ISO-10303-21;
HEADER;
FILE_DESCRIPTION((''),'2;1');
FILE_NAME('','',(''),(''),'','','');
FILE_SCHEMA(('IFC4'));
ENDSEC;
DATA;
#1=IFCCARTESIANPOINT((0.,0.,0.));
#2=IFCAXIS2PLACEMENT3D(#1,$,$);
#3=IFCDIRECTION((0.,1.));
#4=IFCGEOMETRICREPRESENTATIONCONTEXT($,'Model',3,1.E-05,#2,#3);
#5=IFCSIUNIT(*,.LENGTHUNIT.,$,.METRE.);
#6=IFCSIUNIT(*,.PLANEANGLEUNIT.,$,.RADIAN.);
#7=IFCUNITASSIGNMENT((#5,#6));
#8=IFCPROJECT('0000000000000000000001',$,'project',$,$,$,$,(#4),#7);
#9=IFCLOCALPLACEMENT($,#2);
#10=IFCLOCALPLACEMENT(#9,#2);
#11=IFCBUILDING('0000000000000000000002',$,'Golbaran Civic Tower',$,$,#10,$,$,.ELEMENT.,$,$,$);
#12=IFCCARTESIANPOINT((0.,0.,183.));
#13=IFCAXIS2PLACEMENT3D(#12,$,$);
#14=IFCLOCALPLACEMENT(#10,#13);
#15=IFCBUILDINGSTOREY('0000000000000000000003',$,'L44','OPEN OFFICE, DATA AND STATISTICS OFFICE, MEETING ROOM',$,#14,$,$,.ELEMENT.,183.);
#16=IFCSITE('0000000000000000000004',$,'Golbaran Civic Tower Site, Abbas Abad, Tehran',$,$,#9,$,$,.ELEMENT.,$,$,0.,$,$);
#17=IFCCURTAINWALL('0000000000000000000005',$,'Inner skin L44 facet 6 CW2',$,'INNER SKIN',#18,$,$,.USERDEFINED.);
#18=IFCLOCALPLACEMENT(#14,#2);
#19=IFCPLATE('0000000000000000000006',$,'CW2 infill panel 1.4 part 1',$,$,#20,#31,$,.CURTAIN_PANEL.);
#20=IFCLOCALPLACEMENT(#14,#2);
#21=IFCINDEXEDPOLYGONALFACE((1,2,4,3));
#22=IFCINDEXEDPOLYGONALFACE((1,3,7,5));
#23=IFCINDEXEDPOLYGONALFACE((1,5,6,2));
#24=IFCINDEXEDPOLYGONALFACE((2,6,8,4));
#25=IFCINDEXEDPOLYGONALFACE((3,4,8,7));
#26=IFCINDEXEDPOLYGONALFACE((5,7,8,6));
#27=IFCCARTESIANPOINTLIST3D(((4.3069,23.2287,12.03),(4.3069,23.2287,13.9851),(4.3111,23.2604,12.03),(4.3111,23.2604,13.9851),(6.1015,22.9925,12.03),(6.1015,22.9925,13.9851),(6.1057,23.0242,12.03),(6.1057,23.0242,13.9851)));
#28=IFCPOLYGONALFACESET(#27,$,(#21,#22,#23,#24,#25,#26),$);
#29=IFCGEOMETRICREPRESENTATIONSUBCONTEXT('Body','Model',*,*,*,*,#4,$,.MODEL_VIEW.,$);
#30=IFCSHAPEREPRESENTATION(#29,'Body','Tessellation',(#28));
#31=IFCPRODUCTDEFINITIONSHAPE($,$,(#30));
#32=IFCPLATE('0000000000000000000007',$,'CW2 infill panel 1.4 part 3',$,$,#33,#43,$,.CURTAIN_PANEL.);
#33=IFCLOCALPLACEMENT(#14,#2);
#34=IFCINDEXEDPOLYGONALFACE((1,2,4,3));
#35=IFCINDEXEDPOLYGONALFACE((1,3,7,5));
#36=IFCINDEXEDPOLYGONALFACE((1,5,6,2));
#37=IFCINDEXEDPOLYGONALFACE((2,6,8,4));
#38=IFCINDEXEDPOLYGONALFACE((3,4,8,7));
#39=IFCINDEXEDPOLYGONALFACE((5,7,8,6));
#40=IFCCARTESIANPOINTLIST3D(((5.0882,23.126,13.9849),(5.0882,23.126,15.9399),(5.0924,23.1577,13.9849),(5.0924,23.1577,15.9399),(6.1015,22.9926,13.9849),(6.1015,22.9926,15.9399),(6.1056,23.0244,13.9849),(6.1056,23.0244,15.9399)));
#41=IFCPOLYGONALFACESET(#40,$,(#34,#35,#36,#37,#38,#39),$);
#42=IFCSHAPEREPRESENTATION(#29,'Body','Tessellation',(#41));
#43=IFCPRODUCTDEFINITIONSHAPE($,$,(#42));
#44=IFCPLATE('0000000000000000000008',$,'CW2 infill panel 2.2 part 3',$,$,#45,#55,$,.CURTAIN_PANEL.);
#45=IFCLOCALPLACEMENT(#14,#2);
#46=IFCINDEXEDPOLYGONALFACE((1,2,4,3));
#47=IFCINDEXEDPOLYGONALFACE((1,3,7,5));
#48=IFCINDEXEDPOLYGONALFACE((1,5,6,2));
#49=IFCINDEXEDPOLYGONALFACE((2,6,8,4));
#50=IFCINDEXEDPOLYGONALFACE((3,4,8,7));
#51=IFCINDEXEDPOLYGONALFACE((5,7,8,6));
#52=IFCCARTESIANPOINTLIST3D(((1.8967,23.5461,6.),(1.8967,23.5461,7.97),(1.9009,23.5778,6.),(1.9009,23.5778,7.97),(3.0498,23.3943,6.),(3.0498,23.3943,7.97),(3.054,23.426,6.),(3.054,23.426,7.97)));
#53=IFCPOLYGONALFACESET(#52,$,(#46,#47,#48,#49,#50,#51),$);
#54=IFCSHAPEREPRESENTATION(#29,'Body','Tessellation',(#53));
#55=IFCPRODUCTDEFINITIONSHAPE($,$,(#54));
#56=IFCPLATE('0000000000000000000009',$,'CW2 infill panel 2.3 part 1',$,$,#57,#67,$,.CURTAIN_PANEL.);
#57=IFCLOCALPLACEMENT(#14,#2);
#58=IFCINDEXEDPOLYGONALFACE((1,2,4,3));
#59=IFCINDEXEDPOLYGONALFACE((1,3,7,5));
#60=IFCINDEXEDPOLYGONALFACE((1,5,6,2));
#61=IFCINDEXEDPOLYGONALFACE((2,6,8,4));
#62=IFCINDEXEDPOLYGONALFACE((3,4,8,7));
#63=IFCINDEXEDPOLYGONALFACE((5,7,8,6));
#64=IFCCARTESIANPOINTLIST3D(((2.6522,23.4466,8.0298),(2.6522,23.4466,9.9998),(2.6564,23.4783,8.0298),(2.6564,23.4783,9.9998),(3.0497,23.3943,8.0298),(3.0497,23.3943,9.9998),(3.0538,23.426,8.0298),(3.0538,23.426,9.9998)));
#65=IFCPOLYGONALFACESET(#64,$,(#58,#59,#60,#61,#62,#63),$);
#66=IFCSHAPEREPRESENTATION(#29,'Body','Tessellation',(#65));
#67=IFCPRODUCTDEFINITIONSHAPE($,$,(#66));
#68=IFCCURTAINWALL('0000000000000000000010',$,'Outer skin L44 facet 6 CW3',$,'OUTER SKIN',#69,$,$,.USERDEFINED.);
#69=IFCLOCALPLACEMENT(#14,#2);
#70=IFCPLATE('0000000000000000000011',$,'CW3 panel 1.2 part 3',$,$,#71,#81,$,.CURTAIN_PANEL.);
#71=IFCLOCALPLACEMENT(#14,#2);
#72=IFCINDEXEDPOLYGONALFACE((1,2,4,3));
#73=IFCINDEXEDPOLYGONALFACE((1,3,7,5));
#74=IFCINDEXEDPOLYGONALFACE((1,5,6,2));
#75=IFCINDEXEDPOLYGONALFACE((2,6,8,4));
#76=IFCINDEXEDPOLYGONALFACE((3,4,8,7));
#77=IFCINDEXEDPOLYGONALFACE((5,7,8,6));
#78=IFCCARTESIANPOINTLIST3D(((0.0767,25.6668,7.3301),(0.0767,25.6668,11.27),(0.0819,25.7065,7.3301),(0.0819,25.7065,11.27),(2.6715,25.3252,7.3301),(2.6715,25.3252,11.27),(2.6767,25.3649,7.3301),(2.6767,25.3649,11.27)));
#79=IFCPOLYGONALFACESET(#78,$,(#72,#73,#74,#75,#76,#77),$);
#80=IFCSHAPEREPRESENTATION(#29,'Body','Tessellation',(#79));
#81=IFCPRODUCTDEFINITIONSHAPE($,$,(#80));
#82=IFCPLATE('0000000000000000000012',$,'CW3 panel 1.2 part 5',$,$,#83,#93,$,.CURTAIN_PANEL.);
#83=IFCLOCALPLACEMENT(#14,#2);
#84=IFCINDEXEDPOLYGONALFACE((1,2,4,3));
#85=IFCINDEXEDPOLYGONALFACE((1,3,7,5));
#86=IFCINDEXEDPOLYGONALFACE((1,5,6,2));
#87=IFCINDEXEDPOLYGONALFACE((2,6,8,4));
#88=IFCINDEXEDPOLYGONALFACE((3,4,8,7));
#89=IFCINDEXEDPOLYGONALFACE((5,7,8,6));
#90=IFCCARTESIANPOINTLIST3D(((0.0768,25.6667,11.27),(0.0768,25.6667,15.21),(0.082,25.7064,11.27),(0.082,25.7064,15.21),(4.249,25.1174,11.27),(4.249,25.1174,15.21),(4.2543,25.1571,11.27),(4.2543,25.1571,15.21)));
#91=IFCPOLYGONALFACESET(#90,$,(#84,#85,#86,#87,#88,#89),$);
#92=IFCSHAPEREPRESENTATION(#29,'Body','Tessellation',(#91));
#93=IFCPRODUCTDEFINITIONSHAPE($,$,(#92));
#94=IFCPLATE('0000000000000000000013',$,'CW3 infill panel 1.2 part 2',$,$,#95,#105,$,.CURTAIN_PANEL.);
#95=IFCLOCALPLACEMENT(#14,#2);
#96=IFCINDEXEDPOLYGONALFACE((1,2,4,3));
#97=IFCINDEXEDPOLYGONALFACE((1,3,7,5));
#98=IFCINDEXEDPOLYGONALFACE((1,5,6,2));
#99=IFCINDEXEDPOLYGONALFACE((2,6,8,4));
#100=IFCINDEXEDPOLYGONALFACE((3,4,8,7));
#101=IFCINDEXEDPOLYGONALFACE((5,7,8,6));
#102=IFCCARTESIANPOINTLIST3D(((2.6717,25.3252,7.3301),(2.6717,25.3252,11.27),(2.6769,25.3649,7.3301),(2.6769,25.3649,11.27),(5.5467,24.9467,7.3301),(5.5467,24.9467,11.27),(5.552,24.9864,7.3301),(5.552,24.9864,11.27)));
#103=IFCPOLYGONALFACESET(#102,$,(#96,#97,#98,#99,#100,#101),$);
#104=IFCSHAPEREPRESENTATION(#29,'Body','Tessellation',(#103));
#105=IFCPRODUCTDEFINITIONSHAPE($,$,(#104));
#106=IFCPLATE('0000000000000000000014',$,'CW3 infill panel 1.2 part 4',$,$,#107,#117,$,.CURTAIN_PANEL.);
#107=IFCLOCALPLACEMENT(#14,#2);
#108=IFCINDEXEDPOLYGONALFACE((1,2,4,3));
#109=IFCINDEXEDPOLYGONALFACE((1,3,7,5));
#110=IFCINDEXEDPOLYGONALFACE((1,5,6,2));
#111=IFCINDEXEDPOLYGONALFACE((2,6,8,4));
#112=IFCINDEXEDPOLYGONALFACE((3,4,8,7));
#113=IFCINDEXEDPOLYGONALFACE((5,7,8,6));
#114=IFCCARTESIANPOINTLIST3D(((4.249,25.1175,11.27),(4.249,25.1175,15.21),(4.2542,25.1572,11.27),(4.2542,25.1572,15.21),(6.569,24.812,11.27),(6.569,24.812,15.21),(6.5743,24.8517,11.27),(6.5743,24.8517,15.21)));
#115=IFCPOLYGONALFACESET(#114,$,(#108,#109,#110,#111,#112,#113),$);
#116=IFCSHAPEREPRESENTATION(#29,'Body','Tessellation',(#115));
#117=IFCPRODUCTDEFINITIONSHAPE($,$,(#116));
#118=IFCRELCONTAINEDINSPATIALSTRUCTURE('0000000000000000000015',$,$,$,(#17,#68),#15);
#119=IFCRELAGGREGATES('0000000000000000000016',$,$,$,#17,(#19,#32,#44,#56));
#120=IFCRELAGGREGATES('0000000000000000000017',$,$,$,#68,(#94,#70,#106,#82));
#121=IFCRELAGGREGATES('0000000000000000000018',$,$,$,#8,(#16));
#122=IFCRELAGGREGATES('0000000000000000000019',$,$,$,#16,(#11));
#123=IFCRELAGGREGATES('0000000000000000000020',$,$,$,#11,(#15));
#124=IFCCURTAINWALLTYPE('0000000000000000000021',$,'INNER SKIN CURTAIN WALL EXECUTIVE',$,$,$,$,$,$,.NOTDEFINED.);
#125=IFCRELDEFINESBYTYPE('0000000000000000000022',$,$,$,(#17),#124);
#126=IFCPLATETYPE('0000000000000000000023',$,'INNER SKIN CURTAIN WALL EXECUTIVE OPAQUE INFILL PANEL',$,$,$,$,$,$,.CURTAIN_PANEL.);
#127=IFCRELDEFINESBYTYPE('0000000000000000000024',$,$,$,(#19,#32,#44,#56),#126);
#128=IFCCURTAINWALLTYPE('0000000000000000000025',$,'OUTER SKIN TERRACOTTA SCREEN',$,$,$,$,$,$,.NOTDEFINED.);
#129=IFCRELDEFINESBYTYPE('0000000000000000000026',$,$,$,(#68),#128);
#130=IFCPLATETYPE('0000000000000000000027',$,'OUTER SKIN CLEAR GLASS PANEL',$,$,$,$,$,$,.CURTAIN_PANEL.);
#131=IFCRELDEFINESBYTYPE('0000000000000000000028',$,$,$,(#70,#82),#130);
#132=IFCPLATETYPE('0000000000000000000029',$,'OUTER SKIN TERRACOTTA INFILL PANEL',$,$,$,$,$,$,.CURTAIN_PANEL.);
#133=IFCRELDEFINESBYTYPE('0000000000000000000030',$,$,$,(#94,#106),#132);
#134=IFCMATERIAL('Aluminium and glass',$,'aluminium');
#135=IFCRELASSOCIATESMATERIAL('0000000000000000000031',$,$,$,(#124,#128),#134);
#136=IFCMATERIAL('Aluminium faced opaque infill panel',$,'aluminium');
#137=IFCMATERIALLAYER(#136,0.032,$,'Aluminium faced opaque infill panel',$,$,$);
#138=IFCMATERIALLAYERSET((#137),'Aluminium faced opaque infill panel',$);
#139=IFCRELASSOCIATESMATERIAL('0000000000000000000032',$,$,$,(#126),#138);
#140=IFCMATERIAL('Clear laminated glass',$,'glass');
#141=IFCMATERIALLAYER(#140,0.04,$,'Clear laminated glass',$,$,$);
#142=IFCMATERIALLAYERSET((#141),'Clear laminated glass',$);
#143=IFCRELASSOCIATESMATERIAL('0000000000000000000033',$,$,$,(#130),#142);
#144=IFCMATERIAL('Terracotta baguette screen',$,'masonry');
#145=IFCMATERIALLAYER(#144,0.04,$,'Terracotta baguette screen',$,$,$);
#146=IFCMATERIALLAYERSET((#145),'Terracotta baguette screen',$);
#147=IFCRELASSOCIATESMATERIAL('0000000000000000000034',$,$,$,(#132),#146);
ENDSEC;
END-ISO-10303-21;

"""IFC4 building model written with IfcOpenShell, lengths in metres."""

from ifc_helpers import new_model, si_unit, direction, frame, origin, origin_2d, place, context, subcontext, project, spatial, rectangle, extrude, material, layer, layer_set, type_object, element, aggregate, save


model = new_model("IFC4")

# Units and contexts
model_context = context("Model", 3, precision=1e-05, world=origin(), true_north=direction((0.0, 1.0)))
body_context = subcontext(model_context, "Body", "Model", "MODEL_VIEW")
ifc_project = project(units=[si_unit("LENGTHUNIT", "METRE"), si_unit("PLANEANGLEUNIT", "RADIAN")], contexts=[model_context])

# Site, building, storey
site_placement = place(None, origin())
site = spatial("IfcSite", under=ifc_project, at=site_placement, Name="Golbaran Civic Tower Site, Abbas Abad, Tehran", CompositionType="ELEMENT", RefElevation=0.0)
building_placement = place(site_placement, origin())
building = spatial("IfcBuilding", under=site, at=building_placement, Name="Golbaran Civic Tower", CompositionType="ELEMENT")
storey_placement = place(building_placement, frame((0.0, 0.0, 183.0)))
storey = spatial("IfcBuildingStorey", under=building, at=storey_placement, Name="L44", Description="OPEN OFFICE, DATA AND STATISTICS OFFICE, MEETING ROOM", CompositionType="ELEMENT", Elevation=183.0)

# Curtain wall, plates
ifc_material_1 = material(Name="Aluminium and glass", Category="aluminium")
curtain_wall_type_1 = type_object("IfcCurtainWallType", Name="INNER SKIN CURTAIN WALL EXECUTIVE", PredefinedType="NOTDEFINED", material=ifc_material_1)
curtain_wall_1_placement = place(storey_placement, origin())
curtain_wall_1 = element("IfcCurtainWall", 1, at=curtain_wall_1_placement, inside=storey, type_object=curtain_wall_type_1, Name="Inner skin L44 facet 6 CW2", ObjectType="INNER SKIN", PredefinedType="USERDEFINED")
ifc_material_2 = material(Name="Aluminium faced opaque infill panel", Category="aluminium")
ifc_layer_1 = layer(ifc_material_2, 0.032, Name="Aluminium faced opaque infill panel")
ifc_layer_set_1 = layer_set([ifc_layer_1], Name="Aluminium faced opaque infill panel")
plate_type_1 = type_object("IfcPlateType", Name="INNER SKIN CURTAIN WALL EXECUTIVE OPAQUE INFILL PANEL", PredefinedType="CURTAIN_PANEL", material=ifc_layer_set_1)
plate_1_placement = place(storey_placement, frame((5.2063, 23.1265, 12.03), z_axis=(0.0, 0.0, 1.0), x_axis=(-0.991445, 0.130526, 0.0)))
plate_1 = element("IfcPlate", 2, at=plate_1_placement, type_object=plate_type_1, Name="CW2 infill panel 1.4 part 1", PredefinedType="CURTAIN_PANEL", context=body_context, shape_type="SweptSolid", body=[
    extrude(rectangle(XDim=1.8101, YDim=0.032, at=origin_2d()), origin(), (0.0, 0.0, 1.0), 1.9551),
])
plate_2_placement = place(storey_placement, frame((5.5969, 23.0752, 13.9849), z_axis=(0.0, 0.0, 1.0), x_axis=(-0.991445, 0.130526, 0.0)))
plate_2 = element("IfcPlate", 3, at=plate_2_placement, type_object=plate_type_1, Name="CW2 infill panel 1.4 part 3", PredefinedType="CURTAIN_PANEL", context=body_context, shape_type="SweptSolid", body=[
    extrude(rectangle(XDim=1.022, YDim=0.032, at=origin_2d()), origin(), (0.0, 0.0, 1.0), 1.9551),
])
plate_3_placement = place(storey_placement, frame((2.4753, 23.4861, 6.0), z_axis=(0.0, 0.0, 1.0), x_axis=(-0.991445, 0.130526, 0.0)))
plate_3 = element("IfcPlate", 4, at=plate_3_placement, type_object=plate_type_1, Name="CW2 infill panel 2.2 part 3", PredefinedType="CURTAIN_PANEL", context=body_context, shape_type="SweptSolid", body=[
    extrude(rectangle(XDim=1.1631, YDim=0.032, at=origin_2d()), origin(), (0.0, 0.0, 1.0), 1.97),
])
plate_4_placement = place(storey_placement, frame((2.853, 23.4363, 8.0298), z_axis=(0.0, 0.0, 1.0), x_axis=(-0.991445, 0.130526, 0.0)))
plate_4 = element("IfcPlate", 5, at=plate_4_placement, type_object=plate_type_1, Name="CW2 infill panel 2.3 part 1", PredefinedType="CURTAIN_PANEL", context=body_context, shape_type="SweptSolid", body=[
    extrude(rectangle(XDim=0.4009, YDim=0.032, at=origin_2d()), origin(), (0.0, 0.0, 1.0), 1.97),
])
aggregate(curtain_wall_1, [plate_1, plate_2, plate_3, plate_4])

# Curtain wall, plates
curtain_wall_type_2 = type_object("IfcCurtainWallType", Name="OUTER SKIN TERRACOTTA SCREEN", PredefinedType="NOTDEFINED", material=ifc_material_1)
curtain_wall_2_placement = place(storey_placement, origin())
curtain_wall_2 = element("IfcCurtainWall", 6, at=curtain_wall_2_placement, inside=storey, type_object=curtain_wall_type_2, Name="Outer skin L44 facet 6 CW3", ObjectType="OUTER SKIN", PredefinedType="USERDEFINED")
ifc_material_3 = material(Name="Clear laminated glass", Category="glass")
ifc_layer_2 = layer(ifc_material_3, 0.04, Name="Clear laminated glass")
ifc_layer_set_2 = layer_set([ifc_layer_2], Name="Clear laminated glass")
plate_type_2 = type_object("IfcPlateType", Name="OUTER SKIN CLEAR GLASS PANEL", PredefinedType="CURTAIN_PANEL", material=ifc_layer_set_2)
plate_5_placement = place(storey_placement, frame((1.3767, 25.5159, 7.3301), z_axis=(0.0, 0.0, 1.0), x_axis=(-0.991445, 0.130526, 0.0)))
plate_5 = element("IfcPlate", 7, at=plate_5_placement, type_object=plate_type_2, Name="CW3 panel 1.2 part 3", PredefinedType="CURTAIN_PANEL", context=body_context, shape_type="SweptSolid", body=[
    extrude(rectangle(XDim=2.6172, YDim=0.04, at=origin_2d()), origin(), (0.0, 0.0, 1.0), 3.9399),
])
plate_6_placement = place(storey_placement, frame((2.1655, 25.4119, 11.27), z_axis=(0.0, 0.0, 1.0), x_axis=(-0.991445, 0.130526, 0.0)))
plate_6 = element("IfcPlate", 8, at=plate_6_placement, type_object=plate_type_2, Name="CW3 panel 1.2 part 5", PredefinedType="CURTAIN_PANEL", context=body_context, shape_type="SweptSolid", body=[
    extrude(rectangle(XDim=4.2083, YDim=0.04, at=origin_2d()), origin(), (0.0, 0.0, 1.0), 3.9399),
])
ifc_material_4 = material(Name="Terracotta baguette screen", Category="masonry")
ifc_layer_3 = layer(ifc_material_4, 0.04, Name="Terracotta baguette screen")
ifc_layer_set_3 = layer_set([ifc_layer_3], Name="Terracotta baguette screen")
plate_type_3 = type_object("IfcPlateType", Name="OUTER SKIN TERRACOTTA INFILL PANEL", PredefinedType="CURTAIN_PANEL", material=ifc_layer_set_3)
plate_7_placement = place(storey_placement, frame((4.1118, 25.1558, 7.3301), z_axis=(0.0, 0.0, 1.0), x_axis=(-0.991445, 0.130526, 0.0)))
plate_7 = element("IfcPlate", 9, at=plate_7_placement, type_object=plate_type_3, Name="CW3 infill panel 1.2 part 2", PredefinedType="CURTAIN_PANEL", context=body_context, shape_type="SweptSolid", body=[
    extrude(rectangle(XDim=2.8999, YDim=0.04, at=origin_2d()), origin(), (0.0, 0.0, 1.0), 3.9399),
])
plate_8_placement = place(storey_placement, frame((5.4116, 24.9846, 11.27), z_axis=(0.0, 0.0, 1.0), x_axis=(-0.991445, 0.130526, 0.0)))
plate_8 = element("IfcPlate", 10, at=plate_8_placement, type_object=plate_type_3, Name="CW3 infill panel 1.2 part 4", PredefinedType="CURTAIN_PANEL", context=body_context, shape_type="SweptSolid", body=[
    extrude(rectangle(XDim=2.3401, YDim=0.04, at=origin_2d()), origin(), (0.0, 0.0, 1.0), 3.9399),
])
aggregate(curtain_wall_2, [plate_7, plate_5, plate_8, plate_6])

save(model, "model.ifc")
